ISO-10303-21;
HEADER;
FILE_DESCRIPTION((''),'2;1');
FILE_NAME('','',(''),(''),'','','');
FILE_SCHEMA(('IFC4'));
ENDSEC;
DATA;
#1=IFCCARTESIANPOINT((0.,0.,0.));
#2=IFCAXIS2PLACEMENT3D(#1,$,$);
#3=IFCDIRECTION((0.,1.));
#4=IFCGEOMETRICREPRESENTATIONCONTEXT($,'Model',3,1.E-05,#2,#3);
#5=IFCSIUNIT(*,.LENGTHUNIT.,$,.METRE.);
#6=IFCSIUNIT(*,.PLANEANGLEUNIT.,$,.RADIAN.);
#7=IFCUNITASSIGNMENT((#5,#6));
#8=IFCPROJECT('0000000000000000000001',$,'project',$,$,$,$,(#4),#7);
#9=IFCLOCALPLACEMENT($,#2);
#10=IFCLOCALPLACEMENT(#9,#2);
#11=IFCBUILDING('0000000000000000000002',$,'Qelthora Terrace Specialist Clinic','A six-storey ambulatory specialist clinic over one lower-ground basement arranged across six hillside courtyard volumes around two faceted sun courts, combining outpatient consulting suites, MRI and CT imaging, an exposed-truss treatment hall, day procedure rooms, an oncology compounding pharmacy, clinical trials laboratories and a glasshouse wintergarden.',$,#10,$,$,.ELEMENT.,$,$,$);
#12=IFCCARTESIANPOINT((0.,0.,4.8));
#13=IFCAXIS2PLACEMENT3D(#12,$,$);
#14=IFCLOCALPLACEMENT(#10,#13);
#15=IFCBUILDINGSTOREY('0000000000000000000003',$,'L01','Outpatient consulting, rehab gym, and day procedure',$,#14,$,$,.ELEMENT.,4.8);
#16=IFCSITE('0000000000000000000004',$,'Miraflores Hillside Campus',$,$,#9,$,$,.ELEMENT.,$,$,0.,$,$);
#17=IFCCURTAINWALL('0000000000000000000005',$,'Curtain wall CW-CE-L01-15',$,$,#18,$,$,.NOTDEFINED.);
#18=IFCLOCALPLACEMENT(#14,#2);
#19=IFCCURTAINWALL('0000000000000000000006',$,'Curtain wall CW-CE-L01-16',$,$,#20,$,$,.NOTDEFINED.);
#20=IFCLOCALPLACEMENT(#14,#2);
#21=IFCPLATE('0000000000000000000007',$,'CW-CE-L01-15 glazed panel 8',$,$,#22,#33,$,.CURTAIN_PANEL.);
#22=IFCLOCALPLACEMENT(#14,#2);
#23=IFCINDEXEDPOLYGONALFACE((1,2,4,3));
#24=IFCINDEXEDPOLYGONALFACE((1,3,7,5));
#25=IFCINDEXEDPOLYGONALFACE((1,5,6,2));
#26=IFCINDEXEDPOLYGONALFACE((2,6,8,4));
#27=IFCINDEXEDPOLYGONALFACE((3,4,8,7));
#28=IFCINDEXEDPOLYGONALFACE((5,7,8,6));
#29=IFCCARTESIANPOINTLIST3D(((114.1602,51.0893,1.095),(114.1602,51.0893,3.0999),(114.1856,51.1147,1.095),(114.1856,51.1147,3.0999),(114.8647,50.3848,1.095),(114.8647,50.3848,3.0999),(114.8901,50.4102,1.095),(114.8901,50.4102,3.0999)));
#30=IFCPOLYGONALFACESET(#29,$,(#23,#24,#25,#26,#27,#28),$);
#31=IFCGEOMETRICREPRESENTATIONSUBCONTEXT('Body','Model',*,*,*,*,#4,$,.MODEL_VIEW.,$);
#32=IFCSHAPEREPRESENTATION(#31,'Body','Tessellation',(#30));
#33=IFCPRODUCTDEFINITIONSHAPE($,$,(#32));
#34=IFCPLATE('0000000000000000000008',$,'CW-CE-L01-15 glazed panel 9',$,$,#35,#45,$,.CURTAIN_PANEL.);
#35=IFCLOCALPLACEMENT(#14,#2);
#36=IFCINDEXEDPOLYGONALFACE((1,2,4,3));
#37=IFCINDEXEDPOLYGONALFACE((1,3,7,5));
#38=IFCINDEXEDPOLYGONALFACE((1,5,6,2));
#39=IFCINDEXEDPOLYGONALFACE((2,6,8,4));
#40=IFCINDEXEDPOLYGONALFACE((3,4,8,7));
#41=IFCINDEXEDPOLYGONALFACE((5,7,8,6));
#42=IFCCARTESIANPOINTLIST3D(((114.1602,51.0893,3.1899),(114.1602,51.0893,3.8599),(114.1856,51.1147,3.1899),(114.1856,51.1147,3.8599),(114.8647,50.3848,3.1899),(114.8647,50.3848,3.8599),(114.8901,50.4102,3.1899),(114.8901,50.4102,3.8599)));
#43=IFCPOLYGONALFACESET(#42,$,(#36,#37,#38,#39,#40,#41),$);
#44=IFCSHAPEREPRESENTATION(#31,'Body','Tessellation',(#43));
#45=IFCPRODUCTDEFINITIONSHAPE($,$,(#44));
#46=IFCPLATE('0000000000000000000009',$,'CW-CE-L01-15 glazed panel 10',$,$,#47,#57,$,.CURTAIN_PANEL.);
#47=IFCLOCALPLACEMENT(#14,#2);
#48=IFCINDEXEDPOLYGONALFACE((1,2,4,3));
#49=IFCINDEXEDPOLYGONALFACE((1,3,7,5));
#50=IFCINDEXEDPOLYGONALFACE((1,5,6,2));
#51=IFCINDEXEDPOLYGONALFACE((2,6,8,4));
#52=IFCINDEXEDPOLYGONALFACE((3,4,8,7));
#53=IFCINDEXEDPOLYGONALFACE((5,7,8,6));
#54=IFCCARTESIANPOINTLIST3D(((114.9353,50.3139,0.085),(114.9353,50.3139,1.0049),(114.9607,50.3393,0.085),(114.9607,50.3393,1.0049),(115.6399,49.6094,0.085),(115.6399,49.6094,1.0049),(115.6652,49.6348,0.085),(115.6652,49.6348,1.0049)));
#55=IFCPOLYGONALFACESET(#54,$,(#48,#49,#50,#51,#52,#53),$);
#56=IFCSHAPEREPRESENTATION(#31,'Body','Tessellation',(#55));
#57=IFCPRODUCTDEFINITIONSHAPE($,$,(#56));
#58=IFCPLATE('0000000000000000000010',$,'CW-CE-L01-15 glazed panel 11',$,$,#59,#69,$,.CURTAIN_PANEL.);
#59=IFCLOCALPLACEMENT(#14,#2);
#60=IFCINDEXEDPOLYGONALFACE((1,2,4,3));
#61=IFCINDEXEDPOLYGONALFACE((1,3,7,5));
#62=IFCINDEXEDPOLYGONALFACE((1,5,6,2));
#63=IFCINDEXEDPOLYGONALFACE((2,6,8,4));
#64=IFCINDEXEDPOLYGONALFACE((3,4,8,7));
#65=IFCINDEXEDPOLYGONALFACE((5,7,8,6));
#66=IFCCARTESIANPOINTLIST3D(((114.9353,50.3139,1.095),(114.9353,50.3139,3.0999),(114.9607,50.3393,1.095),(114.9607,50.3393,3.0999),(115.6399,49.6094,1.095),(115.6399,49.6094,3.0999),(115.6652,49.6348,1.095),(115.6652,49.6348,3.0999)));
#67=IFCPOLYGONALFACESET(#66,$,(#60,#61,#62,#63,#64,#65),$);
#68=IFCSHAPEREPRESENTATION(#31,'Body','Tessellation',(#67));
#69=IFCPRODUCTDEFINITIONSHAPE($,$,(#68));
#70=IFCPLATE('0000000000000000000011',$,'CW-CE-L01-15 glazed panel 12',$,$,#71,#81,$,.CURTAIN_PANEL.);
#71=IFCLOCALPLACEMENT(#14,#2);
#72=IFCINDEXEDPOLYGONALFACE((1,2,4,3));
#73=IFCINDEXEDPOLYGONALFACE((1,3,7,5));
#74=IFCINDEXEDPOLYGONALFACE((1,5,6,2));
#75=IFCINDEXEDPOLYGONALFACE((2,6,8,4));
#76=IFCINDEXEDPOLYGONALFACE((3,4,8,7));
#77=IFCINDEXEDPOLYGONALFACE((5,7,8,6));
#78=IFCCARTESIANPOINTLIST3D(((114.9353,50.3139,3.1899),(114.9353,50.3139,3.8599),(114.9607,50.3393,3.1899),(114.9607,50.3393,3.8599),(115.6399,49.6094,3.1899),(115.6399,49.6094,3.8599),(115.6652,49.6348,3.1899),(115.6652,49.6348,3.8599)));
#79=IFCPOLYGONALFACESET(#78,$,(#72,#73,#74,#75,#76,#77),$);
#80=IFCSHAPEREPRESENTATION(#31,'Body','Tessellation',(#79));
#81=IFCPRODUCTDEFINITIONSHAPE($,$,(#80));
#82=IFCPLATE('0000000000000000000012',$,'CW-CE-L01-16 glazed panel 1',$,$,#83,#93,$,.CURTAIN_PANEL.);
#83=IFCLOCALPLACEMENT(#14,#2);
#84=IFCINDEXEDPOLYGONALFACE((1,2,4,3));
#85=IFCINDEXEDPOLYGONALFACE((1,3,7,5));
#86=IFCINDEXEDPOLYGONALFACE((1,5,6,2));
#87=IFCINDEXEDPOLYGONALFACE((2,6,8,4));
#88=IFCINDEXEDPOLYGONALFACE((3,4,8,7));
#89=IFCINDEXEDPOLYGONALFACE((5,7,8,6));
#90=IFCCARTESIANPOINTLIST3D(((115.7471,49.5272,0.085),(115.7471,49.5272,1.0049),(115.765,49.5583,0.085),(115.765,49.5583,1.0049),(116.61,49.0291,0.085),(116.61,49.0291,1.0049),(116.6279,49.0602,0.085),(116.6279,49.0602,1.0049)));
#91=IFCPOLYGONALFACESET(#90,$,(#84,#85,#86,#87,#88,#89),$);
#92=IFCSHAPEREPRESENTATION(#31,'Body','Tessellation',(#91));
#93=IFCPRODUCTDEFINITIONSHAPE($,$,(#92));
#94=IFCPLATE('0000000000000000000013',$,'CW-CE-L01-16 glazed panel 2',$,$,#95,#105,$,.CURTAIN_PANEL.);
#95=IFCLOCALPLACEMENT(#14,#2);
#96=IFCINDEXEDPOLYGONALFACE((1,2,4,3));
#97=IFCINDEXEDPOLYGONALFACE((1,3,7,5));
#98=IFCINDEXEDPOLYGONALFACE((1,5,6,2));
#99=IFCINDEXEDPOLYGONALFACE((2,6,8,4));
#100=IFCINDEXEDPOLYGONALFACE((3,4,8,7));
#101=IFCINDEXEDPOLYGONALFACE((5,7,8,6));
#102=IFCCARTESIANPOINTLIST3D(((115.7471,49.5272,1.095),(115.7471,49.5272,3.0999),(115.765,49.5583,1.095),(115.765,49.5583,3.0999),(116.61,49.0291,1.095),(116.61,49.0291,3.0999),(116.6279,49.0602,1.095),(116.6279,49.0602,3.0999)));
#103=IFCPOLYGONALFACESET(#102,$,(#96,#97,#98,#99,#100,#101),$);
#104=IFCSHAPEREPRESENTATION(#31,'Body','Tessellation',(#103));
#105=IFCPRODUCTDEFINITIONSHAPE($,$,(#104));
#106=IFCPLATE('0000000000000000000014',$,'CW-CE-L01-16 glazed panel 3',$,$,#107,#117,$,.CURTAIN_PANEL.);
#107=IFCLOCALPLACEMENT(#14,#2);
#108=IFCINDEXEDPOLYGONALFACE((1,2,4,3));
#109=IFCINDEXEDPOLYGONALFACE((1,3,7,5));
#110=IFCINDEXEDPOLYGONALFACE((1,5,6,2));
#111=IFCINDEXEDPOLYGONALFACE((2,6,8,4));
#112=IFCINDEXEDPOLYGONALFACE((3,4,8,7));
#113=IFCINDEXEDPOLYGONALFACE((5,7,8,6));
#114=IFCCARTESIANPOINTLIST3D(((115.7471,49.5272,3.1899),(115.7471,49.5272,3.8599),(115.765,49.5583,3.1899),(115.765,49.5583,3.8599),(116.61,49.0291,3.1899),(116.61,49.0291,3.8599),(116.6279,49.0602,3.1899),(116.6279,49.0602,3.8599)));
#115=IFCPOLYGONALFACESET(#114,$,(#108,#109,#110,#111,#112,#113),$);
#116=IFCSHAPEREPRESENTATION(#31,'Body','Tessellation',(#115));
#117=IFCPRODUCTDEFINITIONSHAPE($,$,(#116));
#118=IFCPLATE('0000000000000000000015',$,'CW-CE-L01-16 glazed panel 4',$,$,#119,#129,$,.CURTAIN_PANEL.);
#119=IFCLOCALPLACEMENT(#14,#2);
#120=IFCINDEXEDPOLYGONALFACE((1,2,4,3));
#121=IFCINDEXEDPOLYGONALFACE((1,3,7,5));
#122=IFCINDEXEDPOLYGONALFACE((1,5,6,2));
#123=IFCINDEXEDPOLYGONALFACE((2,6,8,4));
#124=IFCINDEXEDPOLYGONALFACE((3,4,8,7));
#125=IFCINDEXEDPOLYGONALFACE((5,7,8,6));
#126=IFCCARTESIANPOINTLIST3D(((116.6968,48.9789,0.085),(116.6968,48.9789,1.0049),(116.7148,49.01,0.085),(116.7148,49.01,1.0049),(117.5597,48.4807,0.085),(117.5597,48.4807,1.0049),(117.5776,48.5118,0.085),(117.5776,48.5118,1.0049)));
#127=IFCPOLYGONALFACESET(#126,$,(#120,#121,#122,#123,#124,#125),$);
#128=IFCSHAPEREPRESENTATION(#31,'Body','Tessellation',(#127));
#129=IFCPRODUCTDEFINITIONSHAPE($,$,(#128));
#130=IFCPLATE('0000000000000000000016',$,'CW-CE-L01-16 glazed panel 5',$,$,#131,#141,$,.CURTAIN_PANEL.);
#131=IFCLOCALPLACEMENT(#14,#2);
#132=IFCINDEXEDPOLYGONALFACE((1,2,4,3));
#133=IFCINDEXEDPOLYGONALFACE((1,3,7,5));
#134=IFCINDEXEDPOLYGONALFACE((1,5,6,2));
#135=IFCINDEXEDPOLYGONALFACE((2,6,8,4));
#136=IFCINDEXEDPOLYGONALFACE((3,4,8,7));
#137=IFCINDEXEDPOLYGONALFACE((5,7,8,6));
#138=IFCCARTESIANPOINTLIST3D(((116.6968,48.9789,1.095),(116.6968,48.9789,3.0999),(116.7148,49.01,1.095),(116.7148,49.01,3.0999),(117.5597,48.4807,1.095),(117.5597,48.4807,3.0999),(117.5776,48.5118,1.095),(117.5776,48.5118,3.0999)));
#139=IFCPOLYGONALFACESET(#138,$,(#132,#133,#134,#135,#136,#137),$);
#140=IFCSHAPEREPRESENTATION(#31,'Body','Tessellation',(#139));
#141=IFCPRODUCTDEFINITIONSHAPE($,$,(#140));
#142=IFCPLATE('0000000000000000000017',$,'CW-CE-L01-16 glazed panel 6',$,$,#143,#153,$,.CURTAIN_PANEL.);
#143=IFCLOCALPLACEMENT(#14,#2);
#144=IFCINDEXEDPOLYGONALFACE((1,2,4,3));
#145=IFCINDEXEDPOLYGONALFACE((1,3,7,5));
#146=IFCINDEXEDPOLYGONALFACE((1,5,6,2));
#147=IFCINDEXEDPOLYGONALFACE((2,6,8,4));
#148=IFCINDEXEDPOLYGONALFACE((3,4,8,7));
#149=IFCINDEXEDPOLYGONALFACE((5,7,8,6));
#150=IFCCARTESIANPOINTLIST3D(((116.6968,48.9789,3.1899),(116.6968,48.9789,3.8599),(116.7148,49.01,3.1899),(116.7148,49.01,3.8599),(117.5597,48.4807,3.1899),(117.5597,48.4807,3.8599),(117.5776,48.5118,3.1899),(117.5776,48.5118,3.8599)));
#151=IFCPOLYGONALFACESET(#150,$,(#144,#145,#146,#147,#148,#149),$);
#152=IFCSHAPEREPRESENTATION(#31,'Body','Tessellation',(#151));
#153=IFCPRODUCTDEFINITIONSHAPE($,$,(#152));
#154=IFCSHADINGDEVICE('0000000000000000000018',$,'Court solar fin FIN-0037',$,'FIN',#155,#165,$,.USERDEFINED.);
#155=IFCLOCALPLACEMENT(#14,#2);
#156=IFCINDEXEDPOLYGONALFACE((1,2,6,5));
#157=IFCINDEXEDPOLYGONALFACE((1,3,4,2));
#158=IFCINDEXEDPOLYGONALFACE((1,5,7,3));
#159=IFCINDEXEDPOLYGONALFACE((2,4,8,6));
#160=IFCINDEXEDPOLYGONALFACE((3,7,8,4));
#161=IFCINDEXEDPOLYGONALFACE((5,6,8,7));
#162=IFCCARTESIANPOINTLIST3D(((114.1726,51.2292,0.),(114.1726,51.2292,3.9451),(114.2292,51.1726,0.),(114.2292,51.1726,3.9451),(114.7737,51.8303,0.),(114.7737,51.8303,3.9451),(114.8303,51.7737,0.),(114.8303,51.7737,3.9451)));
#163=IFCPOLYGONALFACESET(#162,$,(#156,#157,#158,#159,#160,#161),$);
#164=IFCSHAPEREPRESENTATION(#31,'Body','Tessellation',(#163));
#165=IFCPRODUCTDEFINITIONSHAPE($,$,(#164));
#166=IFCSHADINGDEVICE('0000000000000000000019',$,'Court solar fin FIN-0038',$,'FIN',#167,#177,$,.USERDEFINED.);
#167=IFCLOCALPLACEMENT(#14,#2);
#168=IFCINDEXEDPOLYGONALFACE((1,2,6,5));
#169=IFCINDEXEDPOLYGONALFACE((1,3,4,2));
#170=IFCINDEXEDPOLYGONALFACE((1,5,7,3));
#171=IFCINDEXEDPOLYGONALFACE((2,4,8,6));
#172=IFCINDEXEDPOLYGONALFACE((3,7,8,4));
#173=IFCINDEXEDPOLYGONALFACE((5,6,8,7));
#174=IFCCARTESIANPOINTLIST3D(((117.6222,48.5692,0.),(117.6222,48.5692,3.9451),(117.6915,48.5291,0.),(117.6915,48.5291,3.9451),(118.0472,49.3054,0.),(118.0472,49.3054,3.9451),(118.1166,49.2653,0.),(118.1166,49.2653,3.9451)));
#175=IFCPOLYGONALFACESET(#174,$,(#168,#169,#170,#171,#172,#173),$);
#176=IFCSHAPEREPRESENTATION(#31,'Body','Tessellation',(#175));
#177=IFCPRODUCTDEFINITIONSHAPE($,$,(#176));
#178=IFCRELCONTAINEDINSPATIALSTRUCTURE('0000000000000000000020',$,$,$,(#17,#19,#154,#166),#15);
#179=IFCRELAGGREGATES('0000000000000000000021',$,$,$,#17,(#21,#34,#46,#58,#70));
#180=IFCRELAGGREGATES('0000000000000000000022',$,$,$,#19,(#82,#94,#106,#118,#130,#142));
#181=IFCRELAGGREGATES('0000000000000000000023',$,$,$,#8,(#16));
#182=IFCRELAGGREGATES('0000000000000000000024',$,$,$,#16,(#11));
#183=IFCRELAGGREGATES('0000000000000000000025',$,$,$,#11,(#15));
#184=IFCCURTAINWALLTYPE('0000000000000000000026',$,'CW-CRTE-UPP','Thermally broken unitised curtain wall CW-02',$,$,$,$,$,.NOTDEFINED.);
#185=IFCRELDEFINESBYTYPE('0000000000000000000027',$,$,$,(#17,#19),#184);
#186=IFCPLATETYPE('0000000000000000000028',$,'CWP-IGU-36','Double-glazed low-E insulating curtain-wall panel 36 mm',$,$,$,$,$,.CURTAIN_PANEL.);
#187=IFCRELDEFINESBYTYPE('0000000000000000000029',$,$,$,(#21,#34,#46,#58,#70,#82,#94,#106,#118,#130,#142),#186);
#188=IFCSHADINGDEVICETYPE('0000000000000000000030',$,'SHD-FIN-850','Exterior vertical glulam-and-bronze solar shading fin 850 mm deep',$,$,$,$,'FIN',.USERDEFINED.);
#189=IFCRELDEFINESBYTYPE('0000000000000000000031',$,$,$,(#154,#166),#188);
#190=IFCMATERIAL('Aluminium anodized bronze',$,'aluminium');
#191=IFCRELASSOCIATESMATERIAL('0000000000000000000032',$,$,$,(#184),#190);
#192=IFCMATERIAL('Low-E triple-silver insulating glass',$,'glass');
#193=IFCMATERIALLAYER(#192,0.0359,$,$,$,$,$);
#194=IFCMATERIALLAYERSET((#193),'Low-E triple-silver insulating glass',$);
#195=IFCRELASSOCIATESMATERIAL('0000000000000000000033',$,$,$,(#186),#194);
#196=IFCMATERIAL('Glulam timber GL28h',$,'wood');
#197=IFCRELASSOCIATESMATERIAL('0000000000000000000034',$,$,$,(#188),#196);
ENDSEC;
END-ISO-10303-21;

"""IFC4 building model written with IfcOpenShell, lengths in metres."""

from ifc_helpers import new_model, si_unit, direction, frame, origin, origin_2d, place, context, subcontext, project, spatial, rectangle, extrude, material, layer, layer_set, type_object, element, aggregate, save


model = new_model("IFC4")

# Units and contexts
model_context = context("Model", 3, precision=1e-05, world=origin(), true_north=direction((0.0, 1.0)))
body_context = subcontext(model_context, "Body", "Model", "MODEL_VIEW")
ifc_project = project(units=[si_unit("LENGTHUNIT", "METRE"), si_unit("PLANEANGLEUNIT", "RADIAN")], contexts=[model_context])

# Site, building, storey
site_placement = place(None, origin())
site = spatial("IfcSite", under=ifc_project, at=site_placement, Name="Miraflores Hillside Campus", CompositionType="ELEMENT", RefElevation=0.0)
building_placement = place(site_placement, origin())
building = spatial("IfcBuilding", under=site, at=building_placement, Name="Qelthora Terrace Specialist Clinic", Description="A six-storey ambulatory specialist clinic over one lower-ground basement arranged across six hillside courtyard volumes around two faceted sun courts, combining outpatient consulting suites, MRI and CT imaging, an exposed-truss treatment hall, day procedure rooms, an oncology compounding pharmacy, clinical trials laboratories and a glasshouse wintergarden.", CompositionType="ELEMENT")
storey_placement = place(building_placement, frame((0.0, 0.0, 4.8)))
storey = spatial("IfcBuildingStorey", under=building, at=storey_placement, Name="L01", Description="Outpatient consulting, rehab gym, and day procedure", CompositionType="ELEMENT", Elevation=4.8)

# Curtain walls
ifc_material_1 = material(Name="Aluminium anodized bronze", Category="aluminium")
curtain_wall_type = type_object("IfcCurtainWallType", Name="CW-CRTE-UPP", Description="Thermally broken unitised curtain wall CW-02", PredefinedType="NOTDEFINED", material=ifc_material_1)
curtain_wall_1_placement = place(storey_placement, origin())
curtain_wall_1 = element("IfcCurtainWall", 1, at=curtain_wall_1_placement, inside=storey, type_object=curtain_wall_type, Name="Curtain wall CW-CE-L01-15", PredefinedType="NOTDEFINED")
curtain_wall_2_placement = place(storey_placement, origin())
curtain_wall_2 = element("IfcCurtainWall", 2, at=curtain_wall_2_placement, inside=storey, type_object=curtain_wall_type, Name="Curtain wall CW-CE-L01-16", PredefinedType="NOTDEFINED")

# Plates
ifc_material_2 = material(Name="Low-E triple-silver insulating glass", Category="glass")
ifc_layer = layer(ifc_material_2, 0.0359)
ifc_layer_set = layer_set([ifc_layer], Name="Low-E triple-silver insulating glass")
plate_type = type_object("IfcPlateType", Name="CWP-IGU-36", Description="Double-glazed low-E insulating curtain-wall panel 36 mm", PredefinedType="CURTAIN_PANEL", material=ifc_layer_set)
plate_1_placement = place(storey_placement, frame((114.5251, 50.7498, 1.095), z_axis=(0.0, 0.0, 1.0), x_axis=(0.707107, -0.707107, 0.0)))
plate_1 = element("IfcPlate", 3, at=plate_1_placement, type_object=plate_type, Name="CW-CE-L01-15 glazed panel 8", PredefinedType="CURTAIN_PANEL", context=body_context, shape_type="SweptSolid", body=[
    extrude(rectangle(XDim=0.9963, YDim=0.0359, at=origin_2d()), origin(), (0.0, 0.0, 1.0), 2.0049),
])
plate_2_placement = place(storey_placement, frame((114.5251, 50.7498, 3.1899), z_axis=(0.0, 0.0, 1.0), x_axis=(0.707107, -0.707107, 0.0)))
plate_2 = element("IfcPlate", 4, at=plate_2_placement, type_object=plate_type, Name="CW-CE-L01-15 glazed panel 9", PredefinedType="CURTAIN_PANEL", context=body_context, shape_type="SweptSolid", body=[
    extrude(rectangle(XDim=0.9963, YDim=0.0359, at=origin_2d()), origin(), (0.0, 0.0, 1.0), 0.6699),
])
plate_3_placement = place(storey_placement, frame((115.3003, 49.9744, 0.085), z_axis=(0.0, 0.0, 1.0), x_axis=(0.707107, -0.707107, 0.0)))
plate_3 = element("IfcPlate", 5, at=plate_3_placement, type_object=plate_type, Name="CW-CE-L01-15 glazed panel 10", PredefinedType="CURTAIN_PANEL", context=body_context, shape_type="SweptSolid", body=[
    extrude(rectangle(XDim=0.9963, YDim=0.0359, at=origin_2d()), origin(), (0.0, 0.0, 1.0), 0.9199),
])
plate_4_placement = place(storey_placement, frame((115.3003, 49.9744, 1.095), z_axis=(0.0, 0.0, 1.0), x_axis=(0.707107, -0.707107, 0.0)))
plate_4 = element("IfcPlate", 6, at=plate_4_placement, type_object=plate_type, Name="CW-CE-L01-15 glazed panel 11", PredefinedType="CURTAIN_PANEL", context=body_context, shape_type="SweptSolid", body=[
    extrude(rectangle(XDim=0.9963, YDim=0.0359, at=origin_2d()), origin(), (0.0, 0.0, 1.0), 2.0049),
])
plate_5_placement = place(storey_placement, frame((115.3003, 49.9744, 3.1899), z_axis=(0.0, 0.0, 1.0), x_axis=(0.707107, -0.707107, 0.0)))
plate_5 = element("IfcPlate", 7, at=plate_5_placement, type_object=plate_type, Name="CW-CE-L01-15 glazed panel 12", PredefinedType="CURTAIN_PANEL", context=body_context, shape_type="SweptSolid", body=[
    extrude(rectangle(XDim=0.9963, YDim=0.0359, at=origin_2d()), origin(), (0.0, 0.0, 1.0), 0.6699),
])
aggregate(curtain_wall_1, [plate_1, plate_2, plate_3, plate_4, plate_5])
plate_6_placement = place(storey_placement, frame((116.1875, 49.2937, 0.085), z_axis=(0.0, 0.0, 1.0), x_axis=(0.866025, -0.5, 0.0)))
plate_6 = element("IfcPlate", 8, at=plate_6_placement, type_object=plate_type, Name="CW-CE-L01-16 glazed panel 1", PredefinedType="CURTAIN_PANEL", context=body_context, shape_type="SweptSolid", body=[
    extrude(rectangle(XDim=0.9963, YDim=0.0359, at=origin_2d()), origin(), (0.0, 0.0, 1.0), 0.9199),
])
plate_7_placement = place(storey_placement, frame((116.1875, 49.2937, 1.095), z_axis=(0.0, 0.0, 1.0), x_axis=(0.866025, -0.5, 0.0)))
plate_7 = element("IfcPlate", 9, at=plate_7_placement, type_object=plate_type, Name="CW-CE-L01-16 glazed panel 2", PredefinedType="CURTAIN_PANEL", context=body_context, shape_type="SweptSolid", body=[
    extrude(rectangle(XDim=0.9963, YDim=0.0359, at=origin_2d()), origin(), (0.0, 0.0, 1.0), 2.0049),
])
plate_8_placement = place(storey_placement, frame((116.1875, 49.2937, 3.1899), z_axis=(0.0, 0.0, 1.0), x_axis=(0.866025, -0.5, 0.0)))
plate_8 = element("IfcPlate", 10, at=plate_8_placement, type_object=plate_type, Name="CW-CE-L01-16 glazed panel 3", PredefinedType="CURTAIN_PANEL", context=body_context, shape_type="SweptSolid", body=[
    extrude(rectangle(XDim=0.9963, YDim=0.0359, at=origin_2d()), origin(), (0.0, 0.0, 1.0), 0.6699),
])
plate_9_placement = place(storey_placement, frame((117.1372, 48.7454, 0.085), z_axis=(0.0, 0.0, 1.0), x_axis=(0.866025, -0.5, 0.0)))
plate_9 = element("IfcPlate", 11, at=plate_9_placement, type_object=plate_type, Name="CW-CE-L01-16 glazed panel 4", PredefinedType="CURTAIN_PANEL", context=body_context, shape_type="SweptSolid", body=[
    extrude(rectangle(XDim=0.9963, YDim=0.0359, at=origin_2d()), origin(), (0.0, 0.0, 1.0), 0.9199),
])
plate_10_placement = place(storey_placement, frame((117.1372, 48.7454, 1.095), z_axis=(0.0, 0.0, 1.0), x_axis=(0.866025, -0.5, 0.0)))
plate_10 = element("IfcPlate", 12, at=plate_10_placement, type_object=plate_type, Name="CW-CE-L01-16 glazed panel 5", PredefinedType="CURTAIN_PANEL", context=body_context, shape_type="SweptSolid", body=[
    extrude(rectangle(XDim=0.9963, YDim=0.0359, at=origin_2d()), origin(), (0.0, 0.0, 1.0), 2.0049),
])
plate_11_placement = place(storey_placement, frame((117.1372, 48.7454, 3.1899), z_axis=(0.0, 0.0, 1.0), x_axis=(0.866025, -0.5, 0.0)))
plate_11 = element("IfcPlate", 13, at=plate_11_placement, type_object=plate_type, Name="CW-CE-L01-16 glazed panel 6", PredefinedType="CURTAIN_PANEL", context=body_context, shape_type="SweptSolid", body=[
    extrude(rectangle(XDim=0.9963, YDim=0.0359, at=origin_2d()), origin(), (0.0, 0.0, 1.0), 0.6699),
])
aggregate(curtain_wall_2, [plate_6, plate_7, plate_8, plate_9, plate_10, plate_11])

# Shading devices
ifc_material_3 = material(Name="Glulam timber GL28h", Category="wood")
shading_device_type = type_object("IfcShadingDeviceType", Name="SHD-FIN-850", Description="Exterior vertical glulam-and-bronze solar shading fin 850 mm deep", ElementType="FIN", PredefinedType="USERDEFINED", material=ifc_material_3)
for number, where, z_axis, x_axis, name in (
    (14, (114.5015, 51.5015, 0.0), (0.0, 0.0, 1.0), (0.707107, 0.707107, 0.0), "Court solar fin FIN-0037"),
    (15, (117.8694, 48.9172, 0.0), (0.0, 0.0, 1.0), (0.5, 0.866025, 0.0), "Court solar fin FIN-0038"),
):
    element("IfcShadingDevice", number, at=place(storey_placement, frame(where, z_axis=z_axis, x_axis=x_axis)), inside=storey, type_object=shading_device_type, Name=name, ObjectType="FIN", PredefinedType="USERDEFINED", context=body_context, shape_type="SweptSolid", body=[
        extrude(rectangle(XDim=0.8501, YDim=0.0801, at=origin_2d()), origin(), (0.0, 0.0, 1.0), 3.9451),
    ])

save(model, "model.ifc")
